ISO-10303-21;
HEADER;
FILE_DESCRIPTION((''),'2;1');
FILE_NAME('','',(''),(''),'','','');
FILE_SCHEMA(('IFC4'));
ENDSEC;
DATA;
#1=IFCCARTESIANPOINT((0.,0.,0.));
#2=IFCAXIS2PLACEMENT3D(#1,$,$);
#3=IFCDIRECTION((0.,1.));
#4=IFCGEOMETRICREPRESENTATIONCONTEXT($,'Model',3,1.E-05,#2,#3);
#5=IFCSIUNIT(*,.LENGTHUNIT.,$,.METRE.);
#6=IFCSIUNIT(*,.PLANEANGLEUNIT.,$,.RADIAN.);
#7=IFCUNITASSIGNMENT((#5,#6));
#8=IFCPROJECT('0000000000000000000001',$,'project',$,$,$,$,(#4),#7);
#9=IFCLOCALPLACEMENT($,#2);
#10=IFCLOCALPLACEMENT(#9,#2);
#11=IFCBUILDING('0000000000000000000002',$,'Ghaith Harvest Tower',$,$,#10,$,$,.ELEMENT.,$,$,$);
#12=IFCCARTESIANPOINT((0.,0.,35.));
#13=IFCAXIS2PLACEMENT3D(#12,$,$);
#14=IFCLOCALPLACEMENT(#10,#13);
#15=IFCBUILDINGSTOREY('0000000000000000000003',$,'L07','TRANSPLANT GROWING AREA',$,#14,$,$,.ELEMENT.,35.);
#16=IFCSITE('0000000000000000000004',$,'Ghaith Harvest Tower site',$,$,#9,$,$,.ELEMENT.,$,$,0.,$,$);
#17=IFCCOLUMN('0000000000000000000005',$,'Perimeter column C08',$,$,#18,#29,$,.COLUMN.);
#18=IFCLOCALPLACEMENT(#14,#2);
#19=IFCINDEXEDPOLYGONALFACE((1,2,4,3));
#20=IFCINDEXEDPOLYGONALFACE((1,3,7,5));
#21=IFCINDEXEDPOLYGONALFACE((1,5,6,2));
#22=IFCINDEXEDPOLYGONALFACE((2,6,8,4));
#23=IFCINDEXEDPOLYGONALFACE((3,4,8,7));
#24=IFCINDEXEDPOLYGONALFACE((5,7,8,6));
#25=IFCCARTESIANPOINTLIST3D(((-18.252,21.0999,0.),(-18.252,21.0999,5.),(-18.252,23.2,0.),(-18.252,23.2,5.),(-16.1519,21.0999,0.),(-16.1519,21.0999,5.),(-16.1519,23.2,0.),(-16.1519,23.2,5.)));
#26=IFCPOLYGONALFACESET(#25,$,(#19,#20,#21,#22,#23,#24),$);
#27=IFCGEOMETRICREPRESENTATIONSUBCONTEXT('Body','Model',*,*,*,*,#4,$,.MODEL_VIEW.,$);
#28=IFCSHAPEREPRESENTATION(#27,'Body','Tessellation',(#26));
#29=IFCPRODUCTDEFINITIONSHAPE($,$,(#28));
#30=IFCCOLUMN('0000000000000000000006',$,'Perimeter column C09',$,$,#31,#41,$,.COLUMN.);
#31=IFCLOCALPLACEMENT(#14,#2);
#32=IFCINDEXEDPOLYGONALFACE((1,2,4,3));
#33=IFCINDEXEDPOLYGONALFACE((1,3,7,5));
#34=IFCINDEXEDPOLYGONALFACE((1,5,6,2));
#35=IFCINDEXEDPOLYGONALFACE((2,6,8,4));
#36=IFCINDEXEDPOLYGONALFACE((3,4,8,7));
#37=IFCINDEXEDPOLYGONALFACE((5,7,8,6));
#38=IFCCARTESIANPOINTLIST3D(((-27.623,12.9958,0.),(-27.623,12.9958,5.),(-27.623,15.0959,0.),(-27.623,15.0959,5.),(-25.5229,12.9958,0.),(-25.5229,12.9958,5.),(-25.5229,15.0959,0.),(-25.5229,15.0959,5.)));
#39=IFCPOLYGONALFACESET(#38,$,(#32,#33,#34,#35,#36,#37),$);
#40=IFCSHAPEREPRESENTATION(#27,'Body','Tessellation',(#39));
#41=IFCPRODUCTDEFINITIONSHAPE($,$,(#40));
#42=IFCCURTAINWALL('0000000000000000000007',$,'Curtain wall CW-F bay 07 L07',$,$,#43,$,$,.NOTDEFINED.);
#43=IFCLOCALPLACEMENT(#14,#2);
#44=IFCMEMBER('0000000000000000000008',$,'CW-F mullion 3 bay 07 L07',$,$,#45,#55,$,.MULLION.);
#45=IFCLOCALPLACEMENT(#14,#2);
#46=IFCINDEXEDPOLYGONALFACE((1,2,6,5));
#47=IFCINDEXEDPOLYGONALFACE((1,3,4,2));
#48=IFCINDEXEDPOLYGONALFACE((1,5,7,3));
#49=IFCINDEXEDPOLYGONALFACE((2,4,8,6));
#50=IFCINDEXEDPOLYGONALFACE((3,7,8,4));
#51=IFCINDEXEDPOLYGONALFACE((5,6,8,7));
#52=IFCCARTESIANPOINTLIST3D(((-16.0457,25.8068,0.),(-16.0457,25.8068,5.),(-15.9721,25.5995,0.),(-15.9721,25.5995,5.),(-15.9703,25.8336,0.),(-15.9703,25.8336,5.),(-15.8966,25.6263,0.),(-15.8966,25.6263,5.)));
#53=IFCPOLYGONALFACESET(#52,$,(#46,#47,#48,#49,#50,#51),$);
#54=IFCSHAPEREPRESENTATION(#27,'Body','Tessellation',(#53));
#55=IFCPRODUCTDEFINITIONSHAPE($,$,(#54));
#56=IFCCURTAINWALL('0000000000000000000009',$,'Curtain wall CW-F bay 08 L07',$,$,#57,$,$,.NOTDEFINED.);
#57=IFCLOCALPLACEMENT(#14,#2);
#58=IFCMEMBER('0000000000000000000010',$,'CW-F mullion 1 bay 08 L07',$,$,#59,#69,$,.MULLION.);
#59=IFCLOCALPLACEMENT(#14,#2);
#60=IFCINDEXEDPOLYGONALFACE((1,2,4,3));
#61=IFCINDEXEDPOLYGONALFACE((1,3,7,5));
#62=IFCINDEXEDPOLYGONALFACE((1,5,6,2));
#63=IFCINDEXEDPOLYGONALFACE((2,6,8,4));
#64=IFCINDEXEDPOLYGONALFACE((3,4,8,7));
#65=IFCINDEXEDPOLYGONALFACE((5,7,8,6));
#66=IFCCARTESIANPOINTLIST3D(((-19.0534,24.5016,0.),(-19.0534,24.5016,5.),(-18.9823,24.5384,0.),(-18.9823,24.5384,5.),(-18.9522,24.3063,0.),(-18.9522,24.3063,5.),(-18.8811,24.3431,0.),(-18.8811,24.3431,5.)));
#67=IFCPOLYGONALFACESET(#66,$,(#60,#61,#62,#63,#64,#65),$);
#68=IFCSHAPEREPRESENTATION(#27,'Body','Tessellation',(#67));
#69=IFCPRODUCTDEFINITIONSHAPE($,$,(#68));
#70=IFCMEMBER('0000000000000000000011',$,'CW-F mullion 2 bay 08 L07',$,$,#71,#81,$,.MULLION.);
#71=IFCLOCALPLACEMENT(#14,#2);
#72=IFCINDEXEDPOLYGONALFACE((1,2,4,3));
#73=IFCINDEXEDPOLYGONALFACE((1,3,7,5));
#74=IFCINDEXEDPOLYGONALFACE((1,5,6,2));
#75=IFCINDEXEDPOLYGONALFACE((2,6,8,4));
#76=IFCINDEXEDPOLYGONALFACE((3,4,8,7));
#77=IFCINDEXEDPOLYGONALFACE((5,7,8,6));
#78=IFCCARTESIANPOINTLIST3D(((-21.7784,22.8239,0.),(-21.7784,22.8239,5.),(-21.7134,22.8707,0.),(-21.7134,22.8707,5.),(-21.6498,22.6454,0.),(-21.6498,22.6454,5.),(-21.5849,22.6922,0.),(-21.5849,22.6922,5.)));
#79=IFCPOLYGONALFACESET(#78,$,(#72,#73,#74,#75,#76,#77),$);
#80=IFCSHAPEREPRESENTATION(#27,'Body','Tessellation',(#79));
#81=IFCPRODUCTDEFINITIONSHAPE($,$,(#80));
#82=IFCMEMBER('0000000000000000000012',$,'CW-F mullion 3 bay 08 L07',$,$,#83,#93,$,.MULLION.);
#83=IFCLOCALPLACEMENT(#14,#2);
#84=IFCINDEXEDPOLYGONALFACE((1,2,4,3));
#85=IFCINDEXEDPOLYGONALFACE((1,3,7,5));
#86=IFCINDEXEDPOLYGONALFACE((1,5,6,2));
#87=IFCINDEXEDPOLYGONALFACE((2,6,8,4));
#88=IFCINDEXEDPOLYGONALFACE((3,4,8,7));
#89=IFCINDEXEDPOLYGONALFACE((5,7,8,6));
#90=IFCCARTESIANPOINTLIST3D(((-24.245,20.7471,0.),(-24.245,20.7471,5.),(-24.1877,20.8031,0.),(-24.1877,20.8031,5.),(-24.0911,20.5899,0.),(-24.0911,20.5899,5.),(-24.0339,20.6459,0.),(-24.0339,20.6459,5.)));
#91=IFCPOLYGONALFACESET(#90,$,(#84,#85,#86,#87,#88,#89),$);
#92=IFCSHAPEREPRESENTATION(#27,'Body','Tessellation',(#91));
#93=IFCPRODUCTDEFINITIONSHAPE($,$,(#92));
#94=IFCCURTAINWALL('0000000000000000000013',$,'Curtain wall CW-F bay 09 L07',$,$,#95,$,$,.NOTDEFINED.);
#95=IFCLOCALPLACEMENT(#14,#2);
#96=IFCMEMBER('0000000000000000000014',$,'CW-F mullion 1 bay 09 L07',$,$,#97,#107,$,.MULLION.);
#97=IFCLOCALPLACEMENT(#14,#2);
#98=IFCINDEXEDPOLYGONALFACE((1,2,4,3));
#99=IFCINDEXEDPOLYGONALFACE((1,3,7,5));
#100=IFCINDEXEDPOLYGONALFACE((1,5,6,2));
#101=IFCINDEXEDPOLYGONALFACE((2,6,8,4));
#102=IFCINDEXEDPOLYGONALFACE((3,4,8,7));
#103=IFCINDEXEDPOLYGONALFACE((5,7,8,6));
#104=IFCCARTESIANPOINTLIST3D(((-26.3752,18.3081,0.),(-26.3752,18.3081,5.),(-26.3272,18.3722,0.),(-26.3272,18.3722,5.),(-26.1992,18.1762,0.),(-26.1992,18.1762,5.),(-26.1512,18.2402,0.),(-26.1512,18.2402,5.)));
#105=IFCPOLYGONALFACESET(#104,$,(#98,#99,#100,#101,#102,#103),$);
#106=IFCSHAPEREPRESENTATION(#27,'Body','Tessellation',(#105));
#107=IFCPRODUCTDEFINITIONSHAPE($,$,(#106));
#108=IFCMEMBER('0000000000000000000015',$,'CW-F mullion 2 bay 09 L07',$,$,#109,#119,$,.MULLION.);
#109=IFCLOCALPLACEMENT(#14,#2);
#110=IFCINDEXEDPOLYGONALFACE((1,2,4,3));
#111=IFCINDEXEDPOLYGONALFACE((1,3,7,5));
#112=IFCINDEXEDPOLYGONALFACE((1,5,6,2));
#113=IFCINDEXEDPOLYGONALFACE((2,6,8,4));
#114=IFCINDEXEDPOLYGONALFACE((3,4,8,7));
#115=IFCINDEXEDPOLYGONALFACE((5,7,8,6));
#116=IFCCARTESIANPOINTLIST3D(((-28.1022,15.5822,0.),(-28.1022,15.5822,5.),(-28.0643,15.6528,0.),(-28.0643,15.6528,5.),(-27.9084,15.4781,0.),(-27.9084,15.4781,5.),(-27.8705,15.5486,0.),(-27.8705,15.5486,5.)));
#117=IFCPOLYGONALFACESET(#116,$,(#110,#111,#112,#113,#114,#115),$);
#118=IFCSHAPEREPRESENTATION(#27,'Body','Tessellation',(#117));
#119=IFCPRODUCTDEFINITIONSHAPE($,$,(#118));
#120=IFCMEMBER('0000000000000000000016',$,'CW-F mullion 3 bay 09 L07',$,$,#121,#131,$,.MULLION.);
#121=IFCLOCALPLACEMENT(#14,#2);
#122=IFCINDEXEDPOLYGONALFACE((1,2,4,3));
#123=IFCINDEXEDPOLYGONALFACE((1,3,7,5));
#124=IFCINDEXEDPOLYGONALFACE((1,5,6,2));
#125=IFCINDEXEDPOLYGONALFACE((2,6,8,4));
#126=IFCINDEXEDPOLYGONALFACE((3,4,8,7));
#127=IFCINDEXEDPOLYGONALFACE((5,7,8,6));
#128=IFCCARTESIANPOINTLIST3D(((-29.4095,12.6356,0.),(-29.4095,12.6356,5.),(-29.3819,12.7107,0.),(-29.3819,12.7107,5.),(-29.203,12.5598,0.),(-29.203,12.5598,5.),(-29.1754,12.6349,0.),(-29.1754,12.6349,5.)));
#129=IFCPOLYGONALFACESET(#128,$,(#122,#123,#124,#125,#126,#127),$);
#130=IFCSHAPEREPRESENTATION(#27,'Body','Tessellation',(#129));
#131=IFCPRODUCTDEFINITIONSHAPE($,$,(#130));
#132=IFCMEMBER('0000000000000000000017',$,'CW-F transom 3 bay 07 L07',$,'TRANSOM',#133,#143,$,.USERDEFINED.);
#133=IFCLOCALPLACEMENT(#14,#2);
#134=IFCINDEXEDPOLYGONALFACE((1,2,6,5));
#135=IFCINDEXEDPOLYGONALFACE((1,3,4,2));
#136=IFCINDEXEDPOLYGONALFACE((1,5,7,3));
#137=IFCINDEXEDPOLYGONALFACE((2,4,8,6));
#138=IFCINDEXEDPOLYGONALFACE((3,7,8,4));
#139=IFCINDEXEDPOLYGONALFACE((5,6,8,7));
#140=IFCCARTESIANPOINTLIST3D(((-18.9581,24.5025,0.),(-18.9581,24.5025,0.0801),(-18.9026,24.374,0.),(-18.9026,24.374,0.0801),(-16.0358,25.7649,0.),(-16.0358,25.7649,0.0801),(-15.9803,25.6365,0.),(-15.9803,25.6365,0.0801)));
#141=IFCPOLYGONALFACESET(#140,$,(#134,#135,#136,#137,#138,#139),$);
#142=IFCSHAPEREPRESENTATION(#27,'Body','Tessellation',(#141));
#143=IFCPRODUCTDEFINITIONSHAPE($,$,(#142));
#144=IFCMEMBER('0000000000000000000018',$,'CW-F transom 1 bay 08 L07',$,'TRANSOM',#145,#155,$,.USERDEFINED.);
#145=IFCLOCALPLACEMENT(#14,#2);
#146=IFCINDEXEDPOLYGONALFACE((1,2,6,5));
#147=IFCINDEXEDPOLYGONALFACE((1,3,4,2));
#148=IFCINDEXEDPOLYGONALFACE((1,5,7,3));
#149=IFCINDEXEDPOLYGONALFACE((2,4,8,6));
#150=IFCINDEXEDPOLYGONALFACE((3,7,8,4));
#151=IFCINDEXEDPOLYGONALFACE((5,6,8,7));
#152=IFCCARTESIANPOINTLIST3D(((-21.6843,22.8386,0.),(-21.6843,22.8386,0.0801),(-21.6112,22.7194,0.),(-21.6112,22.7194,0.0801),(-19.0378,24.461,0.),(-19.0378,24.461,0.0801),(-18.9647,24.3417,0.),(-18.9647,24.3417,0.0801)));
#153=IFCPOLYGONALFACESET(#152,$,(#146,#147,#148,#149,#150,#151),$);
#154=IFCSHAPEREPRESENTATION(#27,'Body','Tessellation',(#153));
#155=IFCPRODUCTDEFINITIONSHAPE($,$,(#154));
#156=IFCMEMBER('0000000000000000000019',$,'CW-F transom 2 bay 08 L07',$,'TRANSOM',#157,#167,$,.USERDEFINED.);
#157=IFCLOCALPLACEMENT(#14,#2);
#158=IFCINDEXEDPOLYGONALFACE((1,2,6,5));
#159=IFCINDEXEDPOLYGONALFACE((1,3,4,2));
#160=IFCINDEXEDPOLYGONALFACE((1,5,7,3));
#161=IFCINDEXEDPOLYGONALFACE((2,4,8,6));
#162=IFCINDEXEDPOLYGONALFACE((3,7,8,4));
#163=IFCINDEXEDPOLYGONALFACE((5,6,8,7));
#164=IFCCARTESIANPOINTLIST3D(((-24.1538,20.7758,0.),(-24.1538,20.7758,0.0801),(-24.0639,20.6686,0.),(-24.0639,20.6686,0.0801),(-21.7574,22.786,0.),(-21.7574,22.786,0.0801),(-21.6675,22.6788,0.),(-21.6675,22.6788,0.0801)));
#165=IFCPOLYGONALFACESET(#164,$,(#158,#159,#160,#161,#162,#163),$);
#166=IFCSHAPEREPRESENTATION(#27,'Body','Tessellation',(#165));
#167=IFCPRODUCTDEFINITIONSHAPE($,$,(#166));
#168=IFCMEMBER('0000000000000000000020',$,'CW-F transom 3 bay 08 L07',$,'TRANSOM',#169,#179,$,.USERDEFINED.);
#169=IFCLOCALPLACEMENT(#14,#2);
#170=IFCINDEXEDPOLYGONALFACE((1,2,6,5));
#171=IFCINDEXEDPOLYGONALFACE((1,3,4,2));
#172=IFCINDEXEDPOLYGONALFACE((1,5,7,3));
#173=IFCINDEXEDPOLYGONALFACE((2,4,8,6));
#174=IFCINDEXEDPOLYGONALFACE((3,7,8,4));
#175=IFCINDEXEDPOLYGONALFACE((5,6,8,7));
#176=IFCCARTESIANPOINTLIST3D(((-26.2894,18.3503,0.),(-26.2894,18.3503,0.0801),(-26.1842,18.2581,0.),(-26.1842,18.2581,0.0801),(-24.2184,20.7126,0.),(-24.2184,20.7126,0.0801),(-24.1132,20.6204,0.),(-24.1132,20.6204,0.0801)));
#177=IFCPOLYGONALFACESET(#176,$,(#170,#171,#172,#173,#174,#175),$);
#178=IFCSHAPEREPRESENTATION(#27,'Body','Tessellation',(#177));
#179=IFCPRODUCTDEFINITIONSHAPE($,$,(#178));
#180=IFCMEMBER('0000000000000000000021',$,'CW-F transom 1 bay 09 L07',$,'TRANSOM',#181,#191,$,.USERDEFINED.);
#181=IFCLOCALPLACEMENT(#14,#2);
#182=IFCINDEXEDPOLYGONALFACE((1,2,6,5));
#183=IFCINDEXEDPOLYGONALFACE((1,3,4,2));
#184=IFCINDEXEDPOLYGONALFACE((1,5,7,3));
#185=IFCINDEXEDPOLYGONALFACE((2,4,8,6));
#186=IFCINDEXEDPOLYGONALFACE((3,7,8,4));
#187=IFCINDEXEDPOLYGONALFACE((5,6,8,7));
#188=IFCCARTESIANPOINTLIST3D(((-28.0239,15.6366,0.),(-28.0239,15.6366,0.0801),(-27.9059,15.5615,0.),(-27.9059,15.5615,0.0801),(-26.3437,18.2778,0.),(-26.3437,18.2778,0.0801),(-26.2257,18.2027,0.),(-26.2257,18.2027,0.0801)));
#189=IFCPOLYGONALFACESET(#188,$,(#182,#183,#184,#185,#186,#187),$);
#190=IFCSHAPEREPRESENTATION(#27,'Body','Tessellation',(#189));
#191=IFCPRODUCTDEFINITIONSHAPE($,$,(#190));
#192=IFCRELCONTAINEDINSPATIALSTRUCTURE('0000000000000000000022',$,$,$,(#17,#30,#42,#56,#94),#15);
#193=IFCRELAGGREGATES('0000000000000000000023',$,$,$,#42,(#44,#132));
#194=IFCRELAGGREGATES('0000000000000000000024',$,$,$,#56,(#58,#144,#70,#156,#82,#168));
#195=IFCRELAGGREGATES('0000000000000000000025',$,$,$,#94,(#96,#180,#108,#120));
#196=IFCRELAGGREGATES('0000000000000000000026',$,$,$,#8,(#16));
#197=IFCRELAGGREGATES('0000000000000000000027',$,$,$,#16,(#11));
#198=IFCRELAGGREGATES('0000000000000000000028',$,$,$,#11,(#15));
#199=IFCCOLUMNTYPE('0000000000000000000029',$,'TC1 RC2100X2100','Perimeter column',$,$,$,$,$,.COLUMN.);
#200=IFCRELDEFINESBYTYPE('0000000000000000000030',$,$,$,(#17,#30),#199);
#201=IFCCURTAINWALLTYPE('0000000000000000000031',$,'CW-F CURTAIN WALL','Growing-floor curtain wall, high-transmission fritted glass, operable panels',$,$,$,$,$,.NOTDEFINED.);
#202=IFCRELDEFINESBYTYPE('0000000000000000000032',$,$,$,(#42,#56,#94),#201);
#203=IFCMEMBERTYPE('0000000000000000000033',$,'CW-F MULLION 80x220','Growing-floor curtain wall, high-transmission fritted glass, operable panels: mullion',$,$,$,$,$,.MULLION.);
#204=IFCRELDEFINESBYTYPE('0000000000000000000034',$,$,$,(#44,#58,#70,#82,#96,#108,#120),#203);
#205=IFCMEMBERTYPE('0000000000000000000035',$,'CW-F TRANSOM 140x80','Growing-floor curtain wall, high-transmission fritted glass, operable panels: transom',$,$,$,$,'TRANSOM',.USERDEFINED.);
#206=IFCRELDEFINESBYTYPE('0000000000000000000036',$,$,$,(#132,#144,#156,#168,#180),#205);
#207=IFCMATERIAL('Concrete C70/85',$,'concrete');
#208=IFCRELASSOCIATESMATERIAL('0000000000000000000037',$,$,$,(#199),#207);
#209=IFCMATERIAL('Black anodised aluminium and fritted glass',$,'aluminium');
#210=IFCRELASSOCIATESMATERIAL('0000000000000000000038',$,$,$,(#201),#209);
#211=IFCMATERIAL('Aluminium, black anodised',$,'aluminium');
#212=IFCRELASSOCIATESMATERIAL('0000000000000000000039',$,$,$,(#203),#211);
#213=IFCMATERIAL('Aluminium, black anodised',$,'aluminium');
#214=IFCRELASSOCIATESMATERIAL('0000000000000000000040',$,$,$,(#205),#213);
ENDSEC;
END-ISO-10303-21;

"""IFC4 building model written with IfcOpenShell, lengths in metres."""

from ifc_helpers import new_model, si_unit, direction, frame, origin, origin_2d, place, context, subcontext, project, spatial, rectangle, extrude, material, material_profile, profile_set, type_object, element, aggregate, save


model = new_model("IFC4")

# Units and contexts
model_context = context("Model", 3, precision=1e-05, world=origin(), true_north=direction((0.0, 1.0)))
body_context = subcontext(model_context, "Body", "Model", "MODEL_VIEW")
ifc_project = project(units=[si_unit("LENGTHUNIT", "METRE"), si_unit("PLANEANGLEUNIT", "RADIAN")], contexts=[model_context])

# Site, building, storey
site_placement = place(None, origin())
site = spatial("IfcSite", under=ifc_project, at=site_placement, Name="Ghaith Harvest Tower site", CompositionType="ELEMENT", RefElevation=0.0)
building_placement = place(site_placement, origin())
building = spatial("IfcBuilding", under=site, at=building_placement, Name="Ghaith Harvest Tower", CompositionType="ELEMENT")
storey_placement = place(building_placement, frame((0.0, 0.0, 35.0)))
storey = spatial("IfcBuildingStorey", under=building, at=storey_placement, Name="L07", Description="TRANSPLANT GROWING AREA", CompositionType="ELEMENT", Elevation=35.0)

# Columns
ifc_material_1 = material(Name="Concrete C70/85", Category="concrete")
ifc_material_profile_1 = material_profile(ifc_material_1, rectangle(XDim=2.1001, YDim=2.1001, at=origin_2d()), Name="RC2100X2100")
ifc_profile_set_1 = profile_set([ifc_material_profile_1], Name="Concrete C70/85")
column_type = type_object("IfcColumnType", Name="TC1 RC2100X2100", Description="Perimeter column", PredefinedType="COLUMN", material=ifc_profile_set_1)
for number, where, z_axis, x_axis, name in (
    (1, (-17.2019, 22.1499, 0.0), (0.0, 0.0, 1.0), (1.0, 0.0, 0.0), "Perimeter column C08"),
    (2, (-26.573, 14.0459, 0.0), (0.0, 0.0, 1.0), (1.0, 0.0, 0.0), "Perimeter column C09"),
):
    element("IfcColumn", number, at=place(storey_placement, frame(where, z_axis=z_axis, x_axis=x_axis)), inside=storey, type_object=column_type, Name=name, PredefinedType="COLUMN", context=body_context, shape_type="SweptSolid", body=[
        extrude(rectangle(XDim=2.1001, YDim=2.1001, at=origin_2d()), origin(), (0.0, 0.0, 1.0), 5.0),
    ])

# Curtain wall, member
ifc_material_2 = material(Name="Black anodised aluminium and fritted glass", Category="aluminium")
curtain_wall_type = type_object("IfcCurtainWallType", Name="CW-F CURTAIN WALL", Description="Growing-floor curtain wall, high-transmission fritted glass, operable panels", PredefinedType="NOTDEFINED", material=ifc_material_2)
curtain_wall_1_placement = place(storey_placement, origin())
curtain_wall_1 = element("IfcCurtainWall", 3, at=curtain_wall_1_placement, inside=storey, type_object=curtain_wall_type, Name="Curtain wall CW-F bay 07 L07", PredefinedType="NOTDEFINED")
ifc_material_3 = material(Name="Aluminium, black anodised", Category="aluminium")
ifc_material_profile_2 = material_profile(ifc_material_3, rectangle(XDim=0.0801, YDim=0.22, at=origin_2d()), Name="CW-F MULLION 80x220")
ifc_profile_set_2 = profile_set([ifc_material_profile_2], Name="Aluminium, black anodised")
member_type_1 = type_object("IfcMemberType", Name="CW-F MULLION 80x220", Description="Growing-floor curtain wall, high-transmission fritted glass, operable panels: mullion", PredefinedType="MULLION", material=ifc_profile_set_2)
member_1_placement = place(storey_placement, frame((-15.9712, 25.7166, 0.0), z_axis=(0.0, 0.0, 1.0), x_axis=(-0.942294, -0.334788, 0.0)))
member_1 = element("IfcMember", 4, at=member_1_placement, type_object=member_type_1, Name="CW-F mullion 3 bay 07 L07", PredefinedType="MULLION", context=body_context, shape_type="SweptSolid", body=[
    extrude(rectangle(XDim=0.0801, YDim=0.22, at=origin_2d()), origin(), (0.0, 0.0, 1.0), 5.0),
])

# Curtain walls, members
curtain_wall_2_placement = place(storey_placement, origin())
curtain_wall_2 = element("IfcCurtainWall", 5, at=curtain_wall_2_placement, inside=storey, type_object=curtain_wall_type, Name="Curtain wall CW-F bay 08 L07", PredefinedType="NOTDEFINED")
member_2_placement = place(storey_placement, frame((-18.9673, 24.4224, 0.0), z_axis=(0.0, 0.0, 1.0), x_axis=(-0.887912, -0.460013, 0.0)))
member_2 = element("IfcMember", 6, at=member_2_placement, type_object=member_type_1, Name="CW-F mullion 1 bay 08 L07", PredefinedType="MULLION", context=body_context, shape_type="SweptSolid", body=[
    extrude(rectangle(XDim=0.0801, YDim=0.22, at=origin_2d()), origin(), (0.0, 0.0, 1.0), 5.0),
])
member_3_placement = place(storey_placement, frame((-21.6816, 22.7581, 0.0), z_axis=(0.0, 0.0, 1.0), x_axis=(-0.811401, -0.58449, 0.0)))
member_3 = element("IfcMember", 7, at=member_3_placement, type_object=member_type_1, Name="CW-F mullion 2 bay 08 L07", PredefinedType="MULLION", context=body_context, shape_type="SweptSolid", body=[
    extrude(rectangle(XDim=0.0801, YDim=0.22, at=origin_2d()), origin(), (0.0, 0.0, 1.0), 5.0),
])
member_4_placement = place(storey_placement, frame((-24.1394, 20.6965, 0.0), z_axis=(0.0, 0.0, 1.0), x_axis=(-0.714663, -0.699469, 0.0)))
member_4 = element("IfcMember", 8, at=member_4_placement, type_object=member_type_1, Name="CW-F mullion 3 bay 08 L07", PredefinedType="MULLION", context=body_context, shape_type="SweptSolid", body=[
    extrude(rectangle(XDim=0.0801, YDim=0.22, at=origin_2d()), origin(), (0.0, 0.0, 1.0), 5.0),
])
curtain_wall_3_placement = place(storey_placement, origin())
curtain_wall_3 = element("IfcCurtainWall", 9, at=curtain_wall_3_placement, inside=storey, type_object=curtain_wall_type, Name="Curtain wall CW-F bay 09 L07", PredefinedType="NOTDEFINED")
member_5_placement = place(storey_placement, frame((-26.2632, 18.2742, 0.0), z_axis=(0.0, 0.0, 1.0), x_axis=(-0.599862, -0.800104, 0.0)))
member_5 = element("IfcMember", 10, at=member_5_placement, type_object=member_type_1, Name="CW-F mullion 1 bay 09 L07", PredefinedType="MULLION", context=body_context, shape_type="SweptSolid", body=[
    extrude(rectangle(XDim=0.0801, YDim=0.22, at=origin_2d()), origin(), (0.0, 0.0, 1.0), 5.0),
])
member_6_placement = place(storey_placement, frame((-27.9863, 15.5654, 0.0), z_axis=(0.0, 0.0, 1.0), x_axis=(-0.473265, -0.88092, 0.0)))
member_6 = element("IfcMember", 11, at=member_6_placement, type_object=member_type_1, Name="CW-F mullion 2 bay 09 L07", PredefinedType="MULLION", context=body_context, shape_type="SweptSolid", body=[
    extrude(rectangle(XDim=0.0801, YDim=0.22, at=origin_2d()), origin(), (0.0, 0.0, 1.0), 5.0),
])
member_7_placement = place(storey_placement, frame((-29.2925, 12.6353, 0.0), z_axis=(0.0, 0.0, 1.0), x_axis=(-0.344618, -0.938743, 0.0)))
member_7 = element("IfcMember", 12, at=member_7_placement, type_object=member_type_1, Name="CW-F mullion 3 bay 09 L07", PredefinedType="MULLION", context=body_context, shape_type="SweptSolid", body=[
    extrude(rectangle(XDim=0.0801, YDim=0.22, at=origin_2d()), origin(), (0.0, 0.0, 1.0), 5.0),
])

# Members
ifc_material_4 = material(Name="Aluminium, black anodised", Category="aluminium")
ifc_material_profile_3 = material_profile(ifc_material_4, rectangle(XDim=0.1399, YDim=0.0801, at=origin_2d()), Name="CW-F TRANSOM 140x80")
ifc_profile_set_3 = profile_set([ifc_material_profile_3], Name="Aluminium, black anodised")
member_type_2 = type_object("IfcMemberType", Name="CW-F TRANSOM 140x80", Description="Growing-floor curtain wall, high-transmission fritted glass, operable panels: transom", ElementType="TRANSOM", PredefinedType="USERDEFINED", material=ifc_profile_set_3)
member_8_placement = place(storey_placement, frame((-16.0081, 25.7007, 0.04), z_axis=(-0.918003, -0.396574, 0.0), x_axis=(0.396574, -0.918003, 0.0)))
member_8 = element("IfcMember", 13, at=member_8_placement, type_object=member_type_2, Name="CW-F transom 3 bay 07 L07", ObjectType="TRANSOM", PredefinedType="USERDEFINED", context=body_context, shape_type="SweptSolid", body=[
    extrude(rectangle(XDim=0.1399, YDim=0.0801, at=origin_2d()), origin(), (0.0, 0.0, 1.0), 3.1833),
])
member_9_placement = place(storey_placement, frame((-19.0012, 24.4014, 0.04), z_axis=(-0.852562, -0.522627, 0.0), x_axis=(0.522627, -0.852562, 0.0)))
member_9 = element("IfcMember", 14, at=member_9_placement, type_object=member_type_2, Name="CW-F transom 1 bay 08 L07", ObjectType="TRANSOM", PredefinedType="USERDEFINED", context=body_context, shape_type="SweptSolid", body=[
    extrude(rectangle(XDim=0.1399, YDim=0.0801, at=origin_2d()), origin(), (0.0, 0.0, 1.0), 3.1042),
])
member_10_placement = place(storey_placement, frame((-21.7124, 22.7324, 0.04), z_axis=(-0.766144, -0.642668, 0.0), x_axis=(0.642668, -0.766144, 0.0)))
member_10 = element("IfcMember", 15, at=member_10_placement, type_object=member_type_2, Name="CW-F transom 2 bay 08 L07", ObjectType="TRANSOM", PredefinedType="USERDEFINED", context=body_context, shape_type="SweptSolid", body=[
    extrude(rectangle(XDim=0.1399, YDim=0.0801, at=origin_2d()), origin(), (0.0, 0.0, 1.0), 3.1279),
])
member_11_placement = place(storey_placement, frame((-24.1658, 20.6665, 0.04), z_axis=(-0.659231, -0.751941, 0.0), x_axis=(0.751941, -0.659231, 0.0)))
member_11 = element("IfcMember", 16, at=member_11_placement, type_object=member_type_2, Name="CW-F transom 3 bay 08 L07", ObjectType="TRANSOM", PredefinedType="USERDEFINED", context=body_context, shape_type="SweptSolid", body=[
    extrude(rectangle(XDim=0.1399, YDim=0.0801, at=origin_2d()), origin(), (0.0, 0.0, 1.0), 3.1416),
])
member_12_placement = place(storey_placement, frame((-26.2847, 18.2402, 0.04), z_axis=(-0.536754, -0.843739, 0.0), x_axis=(0.843739, -0.536754, 0.0)))
member_12 = element("IfcMember", 17, at=member_12_placement, type_object=member_type_2, Name="CW-F transom 1 bay 09 L07", ObjectType="TRANSOM", PredefinedType="USERDEFINED", context=body_context, shape_type="SweptSolid", body=[
    extrude(rectangle(XDim=0.1399, YDim=0.0801, at=origin_2d()), origin(), (0.0, 0.0, 1.0), 3.1304),
])

aggregate(curtain_wall_1, [member_1, member_8])
aggregate(curtain_wall_2, [member_2, member_9, member_3, member_10, member_4, member_11])
aggregate(curtain_wall_3, [member_5, member_12, member_6, member_7])

save(model, "model.ifc")
